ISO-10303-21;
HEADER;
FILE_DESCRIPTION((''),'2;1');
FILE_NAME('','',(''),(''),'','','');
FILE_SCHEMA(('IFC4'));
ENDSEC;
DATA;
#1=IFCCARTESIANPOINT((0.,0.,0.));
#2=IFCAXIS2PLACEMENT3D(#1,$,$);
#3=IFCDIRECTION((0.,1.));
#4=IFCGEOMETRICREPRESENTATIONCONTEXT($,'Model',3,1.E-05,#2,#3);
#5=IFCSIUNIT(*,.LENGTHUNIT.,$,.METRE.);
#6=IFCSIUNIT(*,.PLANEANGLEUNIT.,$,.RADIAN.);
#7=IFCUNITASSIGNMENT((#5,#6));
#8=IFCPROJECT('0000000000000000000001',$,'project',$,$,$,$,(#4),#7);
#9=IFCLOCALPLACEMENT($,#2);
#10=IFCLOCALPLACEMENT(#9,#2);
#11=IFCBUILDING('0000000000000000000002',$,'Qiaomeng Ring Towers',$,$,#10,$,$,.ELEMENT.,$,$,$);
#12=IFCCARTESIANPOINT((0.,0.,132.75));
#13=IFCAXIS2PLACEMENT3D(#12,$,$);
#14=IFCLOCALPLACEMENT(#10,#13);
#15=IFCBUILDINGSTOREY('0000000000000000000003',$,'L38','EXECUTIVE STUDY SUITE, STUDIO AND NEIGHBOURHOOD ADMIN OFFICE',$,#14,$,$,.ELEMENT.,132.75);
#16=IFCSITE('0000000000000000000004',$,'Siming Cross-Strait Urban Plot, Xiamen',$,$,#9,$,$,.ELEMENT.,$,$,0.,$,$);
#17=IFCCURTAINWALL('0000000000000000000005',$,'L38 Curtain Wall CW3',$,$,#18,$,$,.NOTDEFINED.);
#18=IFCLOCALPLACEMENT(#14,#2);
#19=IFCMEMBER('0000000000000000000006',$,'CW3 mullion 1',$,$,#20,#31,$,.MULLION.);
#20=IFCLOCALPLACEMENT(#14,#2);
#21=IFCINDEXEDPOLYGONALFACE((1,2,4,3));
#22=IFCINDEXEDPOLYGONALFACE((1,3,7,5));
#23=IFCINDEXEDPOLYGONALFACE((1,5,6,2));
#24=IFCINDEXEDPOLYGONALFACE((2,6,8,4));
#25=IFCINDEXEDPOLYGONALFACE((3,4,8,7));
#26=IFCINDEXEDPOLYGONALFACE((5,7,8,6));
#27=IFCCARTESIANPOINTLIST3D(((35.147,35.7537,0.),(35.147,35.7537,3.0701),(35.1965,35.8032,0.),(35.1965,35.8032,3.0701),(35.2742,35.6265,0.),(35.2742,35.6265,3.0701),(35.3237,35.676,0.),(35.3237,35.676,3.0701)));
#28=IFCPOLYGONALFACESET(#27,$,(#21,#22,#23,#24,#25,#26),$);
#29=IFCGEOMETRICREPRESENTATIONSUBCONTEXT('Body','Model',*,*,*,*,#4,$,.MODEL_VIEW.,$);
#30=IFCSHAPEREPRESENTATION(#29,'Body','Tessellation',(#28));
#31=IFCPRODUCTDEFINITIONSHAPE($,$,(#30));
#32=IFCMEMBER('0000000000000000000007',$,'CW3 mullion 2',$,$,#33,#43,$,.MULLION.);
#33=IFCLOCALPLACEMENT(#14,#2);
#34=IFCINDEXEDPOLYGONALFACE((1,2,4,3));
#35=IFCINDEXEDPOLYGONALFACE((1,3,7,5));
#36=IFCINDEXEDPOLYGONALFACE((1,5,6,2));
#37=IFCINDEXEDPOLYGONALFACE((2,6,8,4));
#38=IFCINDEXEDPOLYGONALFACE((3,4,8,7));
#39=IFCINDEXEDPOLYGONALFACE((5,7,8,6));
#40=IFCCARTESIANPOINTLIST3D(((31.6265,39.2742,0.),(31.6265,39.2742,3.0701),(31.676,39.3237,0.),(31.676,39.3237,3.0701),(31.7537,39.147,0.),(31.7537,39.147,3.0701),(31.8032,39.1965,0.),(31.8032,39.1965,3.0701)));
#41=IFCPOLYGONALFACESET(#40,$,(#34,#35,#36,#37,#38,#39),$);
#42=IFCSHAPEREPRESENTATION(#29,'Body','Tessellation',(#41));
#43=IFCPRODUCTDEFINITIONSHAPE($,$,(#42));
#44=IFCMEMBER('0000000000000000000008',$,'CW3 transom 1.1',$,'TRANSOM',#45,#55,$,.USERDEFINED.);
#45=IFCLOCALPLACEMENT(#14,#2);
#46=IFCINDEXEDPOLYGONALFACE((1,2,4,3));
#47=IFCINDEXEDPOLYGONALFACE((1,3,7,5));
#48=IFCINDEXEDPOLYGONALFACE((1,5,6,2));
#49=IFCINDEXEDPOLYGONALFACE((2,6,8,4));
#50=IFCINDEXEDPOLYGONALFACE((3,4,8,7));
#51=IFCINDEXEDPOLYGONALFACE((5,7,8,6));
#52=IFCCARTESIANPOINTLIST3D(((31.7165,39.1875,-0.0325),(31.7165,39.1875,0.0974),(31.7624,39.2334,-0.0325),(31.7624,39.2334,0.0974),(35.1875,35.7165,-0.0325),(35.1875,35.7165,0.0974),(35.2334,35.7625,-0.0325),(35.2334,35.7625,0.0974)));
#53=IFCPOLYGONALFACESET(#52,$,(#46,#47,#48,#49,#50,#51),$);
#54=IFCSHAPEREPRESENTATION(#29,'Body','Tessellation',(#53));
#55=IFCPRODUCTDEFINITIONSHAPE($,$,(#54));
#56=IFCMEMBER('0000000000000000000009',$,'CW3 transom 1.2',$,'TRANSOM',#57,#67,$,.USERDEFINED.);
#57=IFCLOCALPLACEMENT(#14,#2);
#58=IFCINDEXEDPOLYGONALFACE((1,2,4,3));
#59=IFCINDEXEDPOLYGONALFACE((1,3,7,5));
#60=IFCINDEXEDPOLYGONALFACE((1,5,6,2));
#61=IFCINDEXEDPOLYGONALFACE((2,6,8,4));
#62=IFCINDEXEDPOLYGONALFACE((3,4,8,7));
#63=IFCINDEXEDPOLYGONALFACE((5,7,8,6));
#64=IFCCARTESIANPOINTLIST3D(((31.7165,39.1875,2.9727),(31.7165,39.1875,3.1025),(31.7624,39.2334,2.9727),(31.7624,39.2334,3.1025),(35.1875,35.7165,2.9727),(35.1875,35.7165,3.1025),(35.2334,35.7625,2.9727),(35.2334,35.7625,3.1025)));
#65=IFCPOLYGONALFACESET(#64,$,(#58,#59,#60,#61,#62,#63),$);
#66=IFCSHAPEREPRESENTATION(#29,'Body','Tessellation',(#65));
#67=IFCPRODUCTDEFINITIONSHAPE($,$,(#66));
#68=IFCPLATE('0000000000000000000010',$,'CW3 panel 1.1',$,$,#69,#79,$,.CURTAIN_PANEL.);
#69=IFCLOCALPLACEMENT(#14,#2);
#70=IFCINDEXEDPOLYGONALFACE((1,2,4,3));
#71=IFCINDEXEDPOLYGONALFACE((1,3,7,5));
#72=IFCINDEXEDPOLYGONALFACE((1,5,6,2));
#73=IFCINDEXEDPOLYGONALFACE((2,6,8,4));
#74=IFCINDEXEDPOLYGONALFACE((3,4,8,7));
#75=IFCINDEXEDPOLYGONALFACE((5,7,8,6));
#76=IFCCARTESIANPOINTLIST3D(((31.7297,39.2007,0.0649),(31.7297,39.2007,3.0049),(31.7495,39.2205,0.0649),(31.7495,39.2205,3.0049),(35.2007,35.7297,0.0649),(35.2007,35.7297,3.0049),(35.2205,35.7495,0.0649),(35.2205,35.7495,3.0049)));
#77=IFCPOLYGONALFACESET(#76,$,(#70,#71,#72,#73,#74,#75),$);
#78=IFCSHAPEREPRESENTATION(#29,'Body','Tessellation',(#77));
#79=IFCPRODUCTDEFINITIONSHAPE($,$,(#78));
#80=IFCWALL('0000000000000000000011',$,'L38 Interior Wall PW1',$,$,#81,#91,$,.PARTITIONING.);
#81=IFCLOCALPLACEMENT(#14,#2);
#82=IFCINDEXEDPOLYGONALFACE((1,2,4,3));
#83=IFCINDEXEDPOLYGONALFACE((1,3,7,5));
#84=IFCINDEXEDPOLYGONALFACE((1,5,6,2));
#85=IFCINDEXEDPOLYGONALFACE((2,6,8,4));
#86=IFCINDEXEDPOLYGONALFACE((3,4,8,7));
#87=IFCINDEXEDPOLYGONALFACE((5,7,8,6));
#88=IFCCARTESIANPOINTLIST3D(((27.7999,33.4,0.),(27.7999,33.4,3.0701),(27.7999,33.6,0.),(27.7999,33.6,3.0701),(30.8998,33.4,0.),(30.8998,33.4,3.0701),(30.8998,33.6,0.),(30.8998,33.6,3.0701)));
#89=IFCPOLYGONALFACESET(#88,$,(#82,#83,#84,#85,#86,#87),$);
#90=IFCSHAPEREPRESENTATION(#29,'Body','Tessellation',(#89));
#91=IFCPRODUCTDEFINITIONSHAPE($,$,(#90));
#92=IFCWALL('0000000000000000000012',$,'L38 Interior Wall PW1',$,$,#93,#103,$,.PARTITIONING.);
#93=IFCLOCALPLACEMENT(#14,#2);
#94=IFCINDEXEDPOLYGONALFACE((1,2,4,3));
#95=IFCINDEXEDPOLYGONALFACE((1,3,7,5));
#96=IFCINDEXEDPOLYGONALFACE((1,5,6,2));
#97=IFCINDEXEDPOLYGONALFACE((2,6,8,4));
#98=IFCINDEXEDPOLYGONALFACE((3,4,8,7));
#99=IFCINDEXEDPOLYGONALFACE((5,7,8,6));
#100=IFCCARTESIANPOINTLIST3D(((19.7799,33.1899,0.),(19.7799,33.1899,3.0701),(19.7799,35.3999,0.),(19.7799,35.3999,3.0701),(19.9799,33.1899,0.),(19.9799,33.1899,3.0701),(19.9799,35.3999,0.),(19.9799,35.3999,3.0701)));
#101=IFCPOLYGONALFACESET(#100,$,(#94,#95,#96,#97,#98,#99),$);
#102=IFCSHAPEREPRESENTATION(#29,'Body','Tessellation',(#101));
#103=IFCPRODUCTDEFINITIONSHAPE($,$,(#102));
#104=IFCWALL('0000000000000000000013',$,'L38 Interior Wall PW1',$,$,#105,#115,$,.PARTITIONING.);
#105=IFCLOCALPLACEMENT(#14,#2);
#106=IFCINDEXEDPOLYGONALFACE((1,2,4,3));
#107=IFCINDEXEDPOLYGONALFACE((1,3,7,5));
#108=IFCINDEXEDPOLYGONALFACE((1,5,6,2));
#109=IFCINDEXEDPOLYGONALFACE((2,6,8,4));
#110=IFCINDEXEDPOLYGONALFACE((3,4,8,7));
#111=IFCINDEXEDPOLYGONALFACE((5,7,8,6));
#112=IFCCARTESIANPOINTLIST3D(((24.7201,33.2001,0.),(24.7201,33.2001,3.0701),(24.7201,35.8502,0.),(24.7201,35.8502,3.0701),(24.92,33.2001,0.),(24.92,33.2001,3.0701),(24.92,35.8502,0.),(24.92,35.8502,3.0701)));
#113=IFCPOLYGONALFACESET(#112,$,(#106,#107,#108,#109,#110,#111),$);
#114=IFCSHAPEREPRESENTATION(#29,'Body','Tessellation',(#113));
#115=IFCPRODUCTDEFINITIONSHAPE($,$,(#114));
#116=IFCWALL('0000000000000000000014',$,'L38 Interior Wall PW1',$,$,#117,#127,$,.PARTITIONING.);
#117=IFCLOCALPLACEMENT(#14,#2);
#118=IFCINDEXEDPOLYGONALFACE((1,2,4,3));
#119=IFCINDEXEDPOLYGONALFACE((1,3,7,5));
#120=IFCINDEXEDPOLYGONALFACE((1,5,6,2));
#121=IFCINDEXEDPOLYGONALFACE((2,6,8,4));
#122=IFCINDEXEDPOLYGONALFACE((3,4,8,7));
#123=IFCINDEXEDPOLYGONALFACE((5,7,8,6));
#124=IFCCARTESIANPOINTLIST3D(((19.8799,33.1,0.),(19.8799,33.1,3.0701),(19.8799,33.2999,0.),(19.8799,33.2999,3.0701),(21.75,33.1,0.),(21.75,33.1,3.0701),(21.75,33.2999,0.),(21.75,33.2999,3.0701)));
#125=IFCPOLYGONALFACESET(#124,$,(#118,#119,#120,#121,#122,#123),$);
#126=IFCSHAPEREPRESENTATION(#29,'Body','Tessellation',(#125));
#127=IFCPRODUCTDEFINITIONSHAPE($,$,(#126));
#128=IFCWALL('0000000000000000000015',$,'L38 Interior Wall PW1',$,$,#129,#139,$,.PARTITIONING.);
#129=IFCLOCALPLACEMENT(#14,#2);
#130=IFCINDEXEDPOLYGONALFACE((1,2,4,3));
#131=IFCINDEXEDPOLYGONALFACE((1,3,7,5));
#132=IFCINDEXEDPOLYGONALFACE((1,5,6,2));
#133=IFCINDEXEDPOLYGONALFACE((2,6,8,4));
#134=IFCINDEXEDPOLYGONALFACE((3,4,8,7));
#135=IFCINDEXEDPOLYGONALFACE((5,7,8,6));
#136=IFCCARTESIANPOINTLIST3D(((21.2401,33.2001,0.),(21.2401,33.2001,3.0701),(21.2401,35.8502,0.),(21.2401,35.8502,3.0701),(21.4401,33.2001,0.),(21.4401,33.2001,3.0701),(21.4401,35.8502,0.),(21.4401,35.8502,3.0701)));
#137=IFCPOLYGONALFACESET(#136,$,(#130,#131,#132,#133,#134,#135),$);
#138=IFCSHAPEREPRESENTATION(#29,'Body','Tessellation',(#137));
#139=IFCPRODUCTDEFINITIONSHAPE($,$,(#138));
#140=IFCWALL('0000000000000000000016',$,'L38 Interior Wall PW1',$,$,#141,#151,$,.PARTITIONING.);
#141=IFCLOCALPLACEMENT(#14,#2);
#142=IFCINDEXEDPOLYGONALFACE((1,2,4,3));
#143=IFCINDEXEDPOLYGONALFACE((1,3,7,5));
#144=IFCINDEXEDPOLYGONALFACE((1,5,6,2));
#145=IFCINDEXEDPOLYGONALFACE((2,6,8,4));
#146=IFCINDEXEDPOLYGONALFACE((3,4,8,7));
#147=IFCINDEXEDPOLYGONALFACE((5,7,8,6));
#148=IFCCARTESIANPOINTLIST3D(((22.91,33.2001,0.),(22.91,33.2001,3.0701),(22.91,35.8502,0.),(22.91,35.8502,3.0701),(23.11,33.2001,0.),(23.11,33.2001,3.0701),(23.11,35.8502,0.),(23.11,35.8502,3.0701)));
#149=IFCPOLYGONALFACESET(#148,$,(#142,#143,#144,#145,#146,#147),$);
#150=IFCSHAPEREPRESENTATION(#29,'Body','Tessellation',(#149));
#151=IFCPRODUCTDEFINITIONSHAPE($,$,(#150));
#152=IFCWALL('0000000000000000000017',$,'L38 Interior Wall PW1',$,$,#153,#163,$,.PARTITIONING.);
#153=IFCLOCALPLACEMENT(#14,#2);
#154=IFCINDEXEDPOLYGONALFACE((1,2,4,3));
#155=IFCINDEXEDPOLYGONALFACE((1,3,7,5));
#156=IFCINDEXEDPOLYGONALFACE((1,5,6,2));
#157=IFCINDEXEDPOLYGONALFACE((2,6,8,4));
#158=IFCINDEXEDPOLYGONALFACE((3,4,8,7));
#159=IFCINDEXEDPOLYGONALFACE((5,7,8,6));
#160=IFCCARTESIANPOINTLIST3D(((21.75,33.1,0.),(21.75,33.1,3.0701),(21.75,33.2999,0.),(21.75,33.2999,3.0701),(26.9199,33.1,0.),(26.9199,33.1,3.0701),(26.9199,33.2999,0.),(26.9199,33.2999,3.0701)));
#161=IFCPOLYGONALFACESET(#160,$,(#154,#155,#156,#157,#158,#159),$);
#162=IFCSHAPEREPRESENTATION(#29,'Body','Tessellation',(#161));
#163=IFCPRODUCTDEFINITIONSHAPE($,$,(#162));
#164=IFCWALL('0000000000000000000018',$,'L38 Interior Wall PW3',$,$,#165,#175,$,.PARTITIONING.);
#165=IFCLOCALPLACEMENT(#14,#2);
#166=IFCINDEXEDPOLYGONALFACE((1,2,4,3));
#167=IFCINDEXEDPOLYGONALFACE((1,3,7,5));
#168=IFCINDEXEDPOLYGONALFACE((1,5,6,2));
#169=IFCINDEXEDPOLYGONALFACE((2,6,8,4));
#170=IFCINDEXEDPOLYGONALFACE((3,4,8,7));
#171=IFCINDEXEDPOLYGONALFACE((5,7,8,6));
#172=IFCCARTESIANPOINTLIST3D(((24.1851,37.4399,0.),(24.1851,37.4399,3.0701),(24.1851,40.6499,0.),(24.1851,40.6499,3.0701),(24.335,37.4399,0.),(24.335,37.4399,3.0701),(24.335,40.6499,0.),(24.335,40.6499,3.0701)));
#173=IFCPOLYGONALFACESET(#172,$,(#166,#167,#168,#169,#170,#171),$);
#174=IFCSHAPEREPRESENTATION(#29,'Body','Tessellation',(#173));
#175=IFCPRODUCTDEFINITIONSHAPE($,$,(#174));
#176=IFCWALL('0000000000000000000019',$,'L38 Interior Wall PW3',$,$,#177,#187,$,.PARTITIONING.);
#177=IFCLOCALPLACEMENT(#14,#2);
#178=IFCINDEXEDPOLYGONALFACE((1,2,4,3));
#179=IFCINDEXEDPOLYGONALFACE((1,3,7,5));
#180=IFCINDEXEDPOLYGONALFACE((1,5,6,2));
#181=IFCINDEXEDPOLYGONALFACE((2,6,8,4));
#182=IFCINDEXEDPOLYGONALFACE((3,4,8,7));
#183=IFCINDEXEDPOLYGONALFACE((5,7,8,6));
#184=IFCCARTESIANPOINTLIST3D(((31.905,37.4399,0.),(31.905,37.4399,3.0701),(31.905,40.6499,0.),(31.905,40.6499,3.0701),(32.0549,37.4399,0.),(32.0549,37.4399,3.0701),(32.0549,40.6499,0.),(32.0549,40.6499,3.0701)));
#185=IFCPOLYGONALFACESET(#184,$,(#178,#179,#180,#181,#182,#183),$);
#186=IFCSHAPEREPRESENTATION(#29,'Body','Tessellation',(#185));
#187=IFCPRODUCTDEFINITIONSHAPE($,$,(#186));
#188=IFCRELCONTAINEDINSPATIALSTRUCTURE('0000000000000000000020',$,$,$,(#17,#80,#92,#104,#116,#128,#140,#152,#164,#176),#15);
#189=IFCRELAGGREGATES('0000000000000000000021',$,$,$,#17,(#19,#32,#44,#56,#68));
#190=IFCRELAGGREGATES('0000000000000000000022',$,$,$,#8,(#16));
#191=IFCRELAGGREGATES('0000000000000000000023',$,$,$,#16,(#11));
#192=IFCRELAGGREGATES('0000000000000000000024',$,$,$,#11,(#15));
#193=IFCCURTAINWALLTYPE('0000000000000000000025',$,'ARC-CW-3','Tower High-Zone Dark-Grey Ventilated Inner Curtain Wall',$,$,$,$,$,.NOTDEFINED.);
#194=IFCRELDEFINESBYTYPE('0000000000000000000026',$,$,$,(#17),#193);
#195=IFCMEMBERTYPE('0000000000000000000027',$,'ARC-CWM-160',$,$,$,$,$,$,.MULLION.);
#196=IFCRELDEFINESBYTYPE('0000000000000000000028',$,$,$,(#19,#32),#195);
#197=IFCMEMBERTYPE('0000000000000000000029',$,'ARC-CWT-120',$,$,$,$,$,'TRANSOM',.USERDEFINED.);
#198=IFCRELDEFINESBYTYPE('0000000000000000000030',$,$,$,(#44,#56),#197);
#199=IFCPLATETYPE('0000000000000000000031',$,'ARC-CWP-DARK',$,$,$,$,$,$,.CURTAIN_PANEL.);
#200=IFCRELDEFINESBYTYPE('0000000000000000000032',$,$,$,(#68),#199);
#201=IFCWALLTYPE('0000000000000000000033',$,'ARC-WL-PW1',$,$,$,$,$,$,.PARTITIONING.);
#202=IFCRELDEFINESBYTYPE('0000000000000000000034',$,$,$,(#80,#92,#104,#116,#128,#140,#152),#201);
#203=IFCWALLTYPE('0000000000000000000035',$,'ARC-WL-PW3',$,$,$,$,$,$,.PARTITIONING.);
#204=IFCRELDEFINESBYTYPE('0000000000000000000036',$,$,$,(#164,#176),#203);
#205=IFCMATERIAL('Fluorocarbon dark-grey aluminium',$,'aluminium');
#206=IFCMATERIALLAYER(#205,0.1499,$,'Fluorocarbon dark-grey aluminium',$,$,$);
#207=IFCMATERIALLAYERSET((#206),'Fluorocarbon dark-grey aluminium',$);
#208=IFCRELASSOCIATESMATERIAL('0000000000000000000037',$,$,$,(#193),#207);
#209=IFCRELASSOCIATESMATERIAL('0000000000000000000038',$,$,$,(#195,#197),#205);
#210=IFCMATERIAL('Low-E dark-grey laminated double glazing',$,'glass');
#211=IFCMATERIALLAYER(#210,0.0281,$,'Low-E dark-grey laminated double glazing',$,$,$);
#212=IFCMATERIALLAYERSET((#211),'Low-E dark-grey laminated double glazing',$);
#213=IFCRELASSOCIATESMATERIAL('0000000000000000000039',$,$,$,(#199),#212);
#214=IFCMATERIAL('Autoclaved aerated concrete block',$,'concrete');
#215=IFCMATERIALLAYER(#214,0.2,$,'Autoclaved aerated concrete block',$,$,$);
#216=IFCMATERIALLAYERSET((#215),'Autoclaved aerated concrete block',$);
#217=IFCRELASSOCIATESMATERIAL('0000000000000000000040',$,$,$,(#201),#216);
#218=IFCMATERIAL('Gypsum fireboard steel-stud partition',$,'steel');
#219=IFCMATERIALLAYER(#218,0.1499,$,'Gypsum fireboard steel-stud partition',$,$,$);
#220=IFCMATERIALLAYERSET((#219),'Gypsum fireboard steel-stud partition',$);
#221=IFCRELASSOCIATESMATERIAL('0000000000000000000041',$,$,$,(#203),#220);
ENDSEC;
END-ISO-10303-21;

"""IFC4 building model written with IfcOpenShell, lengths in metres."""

from ifc_helpers import new_model, si_unit, direction, frame, frame_2d, origin, origin_2d, place, context, subcontext, project, spatial, rectangle, extrude, source, transform, mapped, material, layer, layer_set, material_profile, profile_set, type_object, element, aggregate, save


model = new_model("IFC4")

# Units and contexts
model_context = context("Model", 3, precision=1e-05, world=origin(), true_north=direction((0.0, 1.0)))
body_context = subcontext(model_context, "Body", "Model", "MODEL_VIEW")
ifc_project = project(units=[si_unit("LENGTHUNIT", "METRE"), si_unit("PLANEANGLEUNIT", "RADIAN")], contexts=[model_context])

# Site, building, storey
site_placement = place(None, origin())
site = spatial("IfcSite", under=ifc_project, at=site_placement, Name="Siming Cross-Strait Urban Plot, Xiamen", CompositionType="ELEMENT", RefElevation=0.0)
building_placement = place(site_placement, origin())
building = spatial("IfcBuilding", under=site, at=building_placement, Name="Qiaomeng Ring Towers", CompositionType="ELEMENT")
storey_placement = place(building_placement, frame((0.0, 0.0, 132.75)))
storey = spatial("IfcBuildingStorey", under=building, at=storey_placement, Name="L38", Description="EXECUTIVE STUDY SUITE, STUDIO AND NEIGHBOURHOOD ADMIN OFFICE", CompositionType="ELEMENT", Elevation=132.75)

# Curtain wall, members, plate
ifc_material_1 = material(Name="Fluorocarbon dark-grey aluminium", Category="aluminium")
ifc_layer_1 = layer(ifc_material_1, 0.1499, Name="Fluorocarbon dark-grey aluminium")
ifc_layer_set_1 = layer_set([ifc_layer_1], Name="Fluorocarbon dark-grey aluminium")
curtain_wall_type = type_object("IfcCurtainWallType", Name="ARC-CW-3", Description="Tower High-Zone Dark-Grey Ventilated Inner Curtain Wall", PredefinedType="NOTDEFINED", material=ifc_layer_set_1)
curtain_wall_placement = place(storey_placement, origin())
curtain_wall = element("IfcCurtainWall", 1, at=curtain_wall_placement, inside=storey, type_object=curtain_wall_type, Name="L38 Curtain Wall CW3", PredefinedType="NOTDEFINED")
ifc_material_profile_1 = material_profile(ifc_material_1, rectangle(XDim=0.0701, YDim=0.1799, at=origin_2d()), Name="ALU MULL 70x180")
ifc_profile_set_1 = profile_set([ifc_material_profile_1], Name="Fluorocarbon dark-grey aluminium")
member_type_1 = type_object("IfcMemberType", Name="ARC-CWM-160", PredefinedType="MULLION", material=ifc_profile_set_1)
shared_shape_1 = source(origin(), body_context, "Body", "SweptSolid", [
    extrude(rectangle(XDim=0.0701, YDim=0.1799, at=origin_2d()), origin(), (0.0, 0.0, 1.0), 3.0701),
])
member_1_placement = place(storey_placement, frame((35.2354, 35.7148, 0.0), z_axis=(0.0, 0.0, 1.0), x_axis=(-0.707107, -0.707107, 0.0)))
member_1 = element("IfcMember", 2, at=member_1_placement, type_object=member_type_1, Name="CW3 mullion 1", PredefinedType="MULLION", context=body_context, shape_type="MappedRepresentation", body=[
    mapped(shared_shape_1, transform((0.0, 0.0, 0.0), x_axis=(1.0, 0.0, 0.0), y_axis=(0.0, 1.0, 0.0), z_axis=(0.0, 0.0, 1.0), scale=1.0)),
])
member_2_placement = place(storey_placement, frame((31.7148, 39.2354, 0.0), z_axis=(0.0, 0.0, 1.0), x_axis=(-0.707107, -0.707107, 0.0)))
member_2 = element("IfcMember", 3, at=member_2_placement, type_object=member_type_1, Name="CW3 mullion 2", PredefinedType="MULLION", context=body_context, shape_type="MappedRepresentation", body=[
    mapped(shared_shape_1, transform((0.0, 0.0, 0.0), x_axis=(1.0, 0.0, 0.0), y_axis=(0.0, 1.0, 0.0), z_axis=(0.0, 0.0, 1.0), scale=1.0)),
])
ifc_material_profile_2 = material_profile(ifc_material_1, rectangle(XDim=0.0649, YDim=0.1299, at=origin_2d()), Name="ALU TRAN 65x130")
ifc_profile_set_2 = profile_set([ifc_material_profile_2], Name="Fluorocarbon dark-grey aluminium")
member_type_2 = type_object("IfcMemberType", Name="ARC-CWT-120", ElementType="TRANSOM", PredefinedType="USERDEFINED", material=ifc_profile_set_2)
shared_shape_2 = source(origin(), body_context, "Body", "SweptSolid", [
    extrude(rectangle(XDim=0.0649, YDim=0.1299, at=origin_2d()), origin(), (0.0, 0.0, 1.0), 4.9087),
])
member_3_placement = place(storey_placement, frame((35.2104, 35.7395, 0.0325), z_axis=(-0.707107, 0.707107, 0.0), x_axis=(-0.707107, -0.707107, 0.0)))
member_3 = element("IfcMember", 4, at=member_3_placement, type_object=member_type_2, Name="CW3 transom 1.1", ObjectType="TRANSOM", PredefinedType="USERDEFINED", context=body_context, shape_type="MappedRepresentation", body=[
    mapped(shared_shape_2, transform((0.0, 0.0, 0.0), x_axis=(1.0, 0.0, 0.0), y_axis=(0.0, 1.0, 0.0), z_axis=(0.0, 0.0, 1.0), scale=1.0)),
])
member_4_placement = place(storey_placement, frame((35.2104, 35.7395, 3.0376), z_axis=(-0.707107, 0.707107, 0.0), x_axis=(-0.707107, -0.707107, 0.0)))
member_4 = element("IfcMember", 5, at=member_4_placement, type_object=member_type_2, Name="CW3 transom 1.2", ObjectType="TRANSOM", PredefinedType="USERDEFINED", context=body_context, shape_type="MappedRepresentation", body=[
    mapped(shared_shape_2, transform((0.0, 0.0, 0.0), x_axis=(1.0, 0.0, 0.0), y_axis=(0.0, 1.0, 0.0), z_axis=(0.0, 0.0, 1.0), scale=1.0)),
])
ifc_material_2 = material(Name="Low-E dark-grey laminated double glazing", Category="glass")
ifc_layer_2 = layer(ifc_material_2, 0.0281, Name="Low-E dark-grey laminated double glazing")
ifc_layer_set_2 = layer_set([ifc_layer_2], Name="Low-E dark-grey laminated double glazing")
plate_type = type_object("IfcPlateType", Name="ARC-CWP-DARK", PredefinedType="CURTAIN_PANEL", material=ifc_layer_set_2)
shared_shape_3 = source(origin(), body_context, "Body", "SweptSolid", [
    extrude(rectangle(XDim=4.9087, YDim=0.0281, at=origin_2d()), origin(), (0.0, 0.0, 1.0), 2.9399),
])
plate_placement = place(storey_placement, frame((33.4751, 37.4751, 0.0649), z_axis=(0.0, 0.0, 1.0), x_axis=(-0.707107, 0.707107, 0.0)))
plate = element("IfcPlate", 6, at=plate_placement, type_object=plate_type, Name="CW3 panel 1.1", PredefinedType="CURTAIN_PANEL", context=body_context, shape_type="MappedRepresentation", body=[
    mapped(shared_shape_3, transform((0.0, 0.0, 0.0), x_axis=(1.0, 0.0, 0.0), y_axis=(0.0, 1.0, 0.0), z_axis=(0.0, 0.0, 1.0), scale=1.0)),
])
aggregate(curtain_wall, [member_1, member_2, member_3, member_4, plate])

# Walls
ifc_material_3 = material(Name="Autoclaved aerated concrete block", Category="concrete")
ifc_layer_3 = layer(ifc_material_3, 0.2, Name="Autoclaved aerated concrete block")
ifc_layer_set_3 = layer_set([ifc_layer_3], Name="Autoclaved aerated concrete block")
wall_type_1 = type_object("IfcWallType", Name="ARC-WL-PW1", PredefinedType="PARTITIONING", material=ifc_layer_set_3)
wall_1_placement = place(storey_placement, frame((27.8, 33.5, 0.0), z_axis=(0.0, 0.0, 1.0), x_axis=(1.0, 0.0, 0.0)))
element("IfcWall", 7, at=wall_1_placement, inside=storey, type_object=wall_type_1, Name="L38 Interior Wall PW1", PredefinedType="PARTITIONING", context=body_context, shape_type="SweptSolid", body=[
    extrude(rectangle(XDim=3.0999, YDim=0.2, at=frame_2d((1.5498, 0.0))), origin(), (0.0, 0.0, 1.0), 3.0701),
])
wall_2_placement = place(storey_placement, frame((19.8799, 33.1899, 0.0), z_axis=(0.0, 0.0, 1.0), x_axis=(0.0, 1.0, 0.0)))
element("IfcWall", 8, at=wall_2_placement, inside=storey, type_object=wall_type_1, Name="L38 Interior Wall PW1", PredefinedType="PARTITIONING", context=body_context, shape_type="SweptSolid", body=[
    extrude(rectangle(XDim=2.21, YDim=0.2, at=frame_2d((1.105, 0.0))), origin(), (0.0, 0.0, 1.0), 3.0701),
])
wall_3_placement = place(storey_placement, frame((24.8201, 33.2, 0.0), z_axis=(0.0, 0.0, 1.0), x_axis=(0.0, 1.0, 0.0)))
element("IfcWall", 9, at=wall_3_placement, inside=storey, type_object=wall_type_1, Name="L38 Interior Wall PW1", PredefinedType="PARTITIONING", context=body_context, shape_type="SweptSolid", body=[
    extrude(rectangle(XDim=2.6501, YDim=0.2, at=frame_2d((1.3252, 0.0))), origin(), (0.0, 0.0, 1.0), 3.0701),
])
wall_4_placement = place(storey_placement, frame((19.8799, 33.2, 0.0), z_axis=(0.0, 0.0, 1.0), x_axis=(1.0, 0.0, 0.0)))
element("IfcWall", 10, at=wall_4_placement, inside=storey, type_object=wall_type_1, Name="L38 Interior Wall PW1", PredefinedType="PARTITIONING", context=body_context, shape_type="SweptSolid", body=[
    extrude(rectangle(XDim=1.8701, YDim=0.2, at=frame_2d((0.9351, 0.0))), origin(), (0.0, 0.0, 1.0), 3.0701),
])
for number, where, z_axis, x_axis, name in (
    (11, (21.3401, 33.2, 0.0), (0.0, 0.0, 1.0), (0.0, 1.0, 0.0), "L38 Interior Wall PW1"),
    (12, (23.01, 33.2, 0.0), (0.0, 0.0, 1.0), (0.0, 1.0, 0.0), "L38 Interior Wall PW1"),
):
    element("IfcWall", number, at=place(storey_placement, frame(where, z_axis=z_axis, x_axis=x_axis)), inside=storey, type_object=wall_type_1, Name=name, PredefinedType="PARTITIONING", context=body_context, shape_type="SweptSolid", body=[
        extrude(rectangle(XDim=2.6501, YDim=0.2, at=frame_2d((1.3252, 0.0))), origin(), (0.0, 0.0, 1.0), 3.0701),
    ])
wall_5_placement = place(storey_placement, frame((21.75, 33.2, 0.0), z_axis=(0.0, 0.0, 1.0), x_axis=(1.0, 0.0, 0.0)))
element("IfcWall", 13, at=wall_5_placement, inside=storey, type_object=wall_type_1, Name="L38 Interior Wall PW1", PredefinedType="PARTITIONING", context=body_context, shape_type="SweptSolid", body=[
    extrude(rectangle(XDim=5.1699, YDim=0.2, at=frame_2d((2.585, 0.0))), origin(), (0.0, 0.0, 1.0), 3.0701),
])
ifc_material_4 = material(Name="Gypsum fireboard steel-stud partition", Category="steel")
ifc_layer_4 = layer(ifc_material_4, 0.1499, Name="Gypsum fireboard steel-stud partition")
ifc_layer_set_4 = layer_set([ifc_layer_4], Name="Gypsum fireboard steel-stud partition")
wall_type_2 = type_object("IfcWallType", Name="ARC-WL-PW3", PredefinedType="PARTITIONING", material=ifc_layer_set_4)
for number, where, z_axis, x_axis, name in (
    (14, (24.26, 37.4399, 0.0), (0.0, 0.0, 1.0), (0.0, 1.0, 0.0), "L38 Interior Wall PW3"),
    (15, (31.98, 37.4399, 0.0), (0.0, 0.0, 1.0), (0.0, 1.0, 0.0), "L38 Interior Wall PW3"),
):
    element("IfcWall", number, at=place(storey_placement, frame(where, z_axis=z_axis, x_axis=x_axis)), inside=storey, type_object=wall_type_2, Name=name, PredefinedType="PARTITIONING", context=body_context, shape_type="SweptSolid", body=[
        extrude(rectangle(XDim=3.21, YDim=0.1499, at=frame_2d((1.605, 0.0))), origin(), (0.0, 0.0, 1.0), 3.0701),
    ])

save(model, "model.ifc")
